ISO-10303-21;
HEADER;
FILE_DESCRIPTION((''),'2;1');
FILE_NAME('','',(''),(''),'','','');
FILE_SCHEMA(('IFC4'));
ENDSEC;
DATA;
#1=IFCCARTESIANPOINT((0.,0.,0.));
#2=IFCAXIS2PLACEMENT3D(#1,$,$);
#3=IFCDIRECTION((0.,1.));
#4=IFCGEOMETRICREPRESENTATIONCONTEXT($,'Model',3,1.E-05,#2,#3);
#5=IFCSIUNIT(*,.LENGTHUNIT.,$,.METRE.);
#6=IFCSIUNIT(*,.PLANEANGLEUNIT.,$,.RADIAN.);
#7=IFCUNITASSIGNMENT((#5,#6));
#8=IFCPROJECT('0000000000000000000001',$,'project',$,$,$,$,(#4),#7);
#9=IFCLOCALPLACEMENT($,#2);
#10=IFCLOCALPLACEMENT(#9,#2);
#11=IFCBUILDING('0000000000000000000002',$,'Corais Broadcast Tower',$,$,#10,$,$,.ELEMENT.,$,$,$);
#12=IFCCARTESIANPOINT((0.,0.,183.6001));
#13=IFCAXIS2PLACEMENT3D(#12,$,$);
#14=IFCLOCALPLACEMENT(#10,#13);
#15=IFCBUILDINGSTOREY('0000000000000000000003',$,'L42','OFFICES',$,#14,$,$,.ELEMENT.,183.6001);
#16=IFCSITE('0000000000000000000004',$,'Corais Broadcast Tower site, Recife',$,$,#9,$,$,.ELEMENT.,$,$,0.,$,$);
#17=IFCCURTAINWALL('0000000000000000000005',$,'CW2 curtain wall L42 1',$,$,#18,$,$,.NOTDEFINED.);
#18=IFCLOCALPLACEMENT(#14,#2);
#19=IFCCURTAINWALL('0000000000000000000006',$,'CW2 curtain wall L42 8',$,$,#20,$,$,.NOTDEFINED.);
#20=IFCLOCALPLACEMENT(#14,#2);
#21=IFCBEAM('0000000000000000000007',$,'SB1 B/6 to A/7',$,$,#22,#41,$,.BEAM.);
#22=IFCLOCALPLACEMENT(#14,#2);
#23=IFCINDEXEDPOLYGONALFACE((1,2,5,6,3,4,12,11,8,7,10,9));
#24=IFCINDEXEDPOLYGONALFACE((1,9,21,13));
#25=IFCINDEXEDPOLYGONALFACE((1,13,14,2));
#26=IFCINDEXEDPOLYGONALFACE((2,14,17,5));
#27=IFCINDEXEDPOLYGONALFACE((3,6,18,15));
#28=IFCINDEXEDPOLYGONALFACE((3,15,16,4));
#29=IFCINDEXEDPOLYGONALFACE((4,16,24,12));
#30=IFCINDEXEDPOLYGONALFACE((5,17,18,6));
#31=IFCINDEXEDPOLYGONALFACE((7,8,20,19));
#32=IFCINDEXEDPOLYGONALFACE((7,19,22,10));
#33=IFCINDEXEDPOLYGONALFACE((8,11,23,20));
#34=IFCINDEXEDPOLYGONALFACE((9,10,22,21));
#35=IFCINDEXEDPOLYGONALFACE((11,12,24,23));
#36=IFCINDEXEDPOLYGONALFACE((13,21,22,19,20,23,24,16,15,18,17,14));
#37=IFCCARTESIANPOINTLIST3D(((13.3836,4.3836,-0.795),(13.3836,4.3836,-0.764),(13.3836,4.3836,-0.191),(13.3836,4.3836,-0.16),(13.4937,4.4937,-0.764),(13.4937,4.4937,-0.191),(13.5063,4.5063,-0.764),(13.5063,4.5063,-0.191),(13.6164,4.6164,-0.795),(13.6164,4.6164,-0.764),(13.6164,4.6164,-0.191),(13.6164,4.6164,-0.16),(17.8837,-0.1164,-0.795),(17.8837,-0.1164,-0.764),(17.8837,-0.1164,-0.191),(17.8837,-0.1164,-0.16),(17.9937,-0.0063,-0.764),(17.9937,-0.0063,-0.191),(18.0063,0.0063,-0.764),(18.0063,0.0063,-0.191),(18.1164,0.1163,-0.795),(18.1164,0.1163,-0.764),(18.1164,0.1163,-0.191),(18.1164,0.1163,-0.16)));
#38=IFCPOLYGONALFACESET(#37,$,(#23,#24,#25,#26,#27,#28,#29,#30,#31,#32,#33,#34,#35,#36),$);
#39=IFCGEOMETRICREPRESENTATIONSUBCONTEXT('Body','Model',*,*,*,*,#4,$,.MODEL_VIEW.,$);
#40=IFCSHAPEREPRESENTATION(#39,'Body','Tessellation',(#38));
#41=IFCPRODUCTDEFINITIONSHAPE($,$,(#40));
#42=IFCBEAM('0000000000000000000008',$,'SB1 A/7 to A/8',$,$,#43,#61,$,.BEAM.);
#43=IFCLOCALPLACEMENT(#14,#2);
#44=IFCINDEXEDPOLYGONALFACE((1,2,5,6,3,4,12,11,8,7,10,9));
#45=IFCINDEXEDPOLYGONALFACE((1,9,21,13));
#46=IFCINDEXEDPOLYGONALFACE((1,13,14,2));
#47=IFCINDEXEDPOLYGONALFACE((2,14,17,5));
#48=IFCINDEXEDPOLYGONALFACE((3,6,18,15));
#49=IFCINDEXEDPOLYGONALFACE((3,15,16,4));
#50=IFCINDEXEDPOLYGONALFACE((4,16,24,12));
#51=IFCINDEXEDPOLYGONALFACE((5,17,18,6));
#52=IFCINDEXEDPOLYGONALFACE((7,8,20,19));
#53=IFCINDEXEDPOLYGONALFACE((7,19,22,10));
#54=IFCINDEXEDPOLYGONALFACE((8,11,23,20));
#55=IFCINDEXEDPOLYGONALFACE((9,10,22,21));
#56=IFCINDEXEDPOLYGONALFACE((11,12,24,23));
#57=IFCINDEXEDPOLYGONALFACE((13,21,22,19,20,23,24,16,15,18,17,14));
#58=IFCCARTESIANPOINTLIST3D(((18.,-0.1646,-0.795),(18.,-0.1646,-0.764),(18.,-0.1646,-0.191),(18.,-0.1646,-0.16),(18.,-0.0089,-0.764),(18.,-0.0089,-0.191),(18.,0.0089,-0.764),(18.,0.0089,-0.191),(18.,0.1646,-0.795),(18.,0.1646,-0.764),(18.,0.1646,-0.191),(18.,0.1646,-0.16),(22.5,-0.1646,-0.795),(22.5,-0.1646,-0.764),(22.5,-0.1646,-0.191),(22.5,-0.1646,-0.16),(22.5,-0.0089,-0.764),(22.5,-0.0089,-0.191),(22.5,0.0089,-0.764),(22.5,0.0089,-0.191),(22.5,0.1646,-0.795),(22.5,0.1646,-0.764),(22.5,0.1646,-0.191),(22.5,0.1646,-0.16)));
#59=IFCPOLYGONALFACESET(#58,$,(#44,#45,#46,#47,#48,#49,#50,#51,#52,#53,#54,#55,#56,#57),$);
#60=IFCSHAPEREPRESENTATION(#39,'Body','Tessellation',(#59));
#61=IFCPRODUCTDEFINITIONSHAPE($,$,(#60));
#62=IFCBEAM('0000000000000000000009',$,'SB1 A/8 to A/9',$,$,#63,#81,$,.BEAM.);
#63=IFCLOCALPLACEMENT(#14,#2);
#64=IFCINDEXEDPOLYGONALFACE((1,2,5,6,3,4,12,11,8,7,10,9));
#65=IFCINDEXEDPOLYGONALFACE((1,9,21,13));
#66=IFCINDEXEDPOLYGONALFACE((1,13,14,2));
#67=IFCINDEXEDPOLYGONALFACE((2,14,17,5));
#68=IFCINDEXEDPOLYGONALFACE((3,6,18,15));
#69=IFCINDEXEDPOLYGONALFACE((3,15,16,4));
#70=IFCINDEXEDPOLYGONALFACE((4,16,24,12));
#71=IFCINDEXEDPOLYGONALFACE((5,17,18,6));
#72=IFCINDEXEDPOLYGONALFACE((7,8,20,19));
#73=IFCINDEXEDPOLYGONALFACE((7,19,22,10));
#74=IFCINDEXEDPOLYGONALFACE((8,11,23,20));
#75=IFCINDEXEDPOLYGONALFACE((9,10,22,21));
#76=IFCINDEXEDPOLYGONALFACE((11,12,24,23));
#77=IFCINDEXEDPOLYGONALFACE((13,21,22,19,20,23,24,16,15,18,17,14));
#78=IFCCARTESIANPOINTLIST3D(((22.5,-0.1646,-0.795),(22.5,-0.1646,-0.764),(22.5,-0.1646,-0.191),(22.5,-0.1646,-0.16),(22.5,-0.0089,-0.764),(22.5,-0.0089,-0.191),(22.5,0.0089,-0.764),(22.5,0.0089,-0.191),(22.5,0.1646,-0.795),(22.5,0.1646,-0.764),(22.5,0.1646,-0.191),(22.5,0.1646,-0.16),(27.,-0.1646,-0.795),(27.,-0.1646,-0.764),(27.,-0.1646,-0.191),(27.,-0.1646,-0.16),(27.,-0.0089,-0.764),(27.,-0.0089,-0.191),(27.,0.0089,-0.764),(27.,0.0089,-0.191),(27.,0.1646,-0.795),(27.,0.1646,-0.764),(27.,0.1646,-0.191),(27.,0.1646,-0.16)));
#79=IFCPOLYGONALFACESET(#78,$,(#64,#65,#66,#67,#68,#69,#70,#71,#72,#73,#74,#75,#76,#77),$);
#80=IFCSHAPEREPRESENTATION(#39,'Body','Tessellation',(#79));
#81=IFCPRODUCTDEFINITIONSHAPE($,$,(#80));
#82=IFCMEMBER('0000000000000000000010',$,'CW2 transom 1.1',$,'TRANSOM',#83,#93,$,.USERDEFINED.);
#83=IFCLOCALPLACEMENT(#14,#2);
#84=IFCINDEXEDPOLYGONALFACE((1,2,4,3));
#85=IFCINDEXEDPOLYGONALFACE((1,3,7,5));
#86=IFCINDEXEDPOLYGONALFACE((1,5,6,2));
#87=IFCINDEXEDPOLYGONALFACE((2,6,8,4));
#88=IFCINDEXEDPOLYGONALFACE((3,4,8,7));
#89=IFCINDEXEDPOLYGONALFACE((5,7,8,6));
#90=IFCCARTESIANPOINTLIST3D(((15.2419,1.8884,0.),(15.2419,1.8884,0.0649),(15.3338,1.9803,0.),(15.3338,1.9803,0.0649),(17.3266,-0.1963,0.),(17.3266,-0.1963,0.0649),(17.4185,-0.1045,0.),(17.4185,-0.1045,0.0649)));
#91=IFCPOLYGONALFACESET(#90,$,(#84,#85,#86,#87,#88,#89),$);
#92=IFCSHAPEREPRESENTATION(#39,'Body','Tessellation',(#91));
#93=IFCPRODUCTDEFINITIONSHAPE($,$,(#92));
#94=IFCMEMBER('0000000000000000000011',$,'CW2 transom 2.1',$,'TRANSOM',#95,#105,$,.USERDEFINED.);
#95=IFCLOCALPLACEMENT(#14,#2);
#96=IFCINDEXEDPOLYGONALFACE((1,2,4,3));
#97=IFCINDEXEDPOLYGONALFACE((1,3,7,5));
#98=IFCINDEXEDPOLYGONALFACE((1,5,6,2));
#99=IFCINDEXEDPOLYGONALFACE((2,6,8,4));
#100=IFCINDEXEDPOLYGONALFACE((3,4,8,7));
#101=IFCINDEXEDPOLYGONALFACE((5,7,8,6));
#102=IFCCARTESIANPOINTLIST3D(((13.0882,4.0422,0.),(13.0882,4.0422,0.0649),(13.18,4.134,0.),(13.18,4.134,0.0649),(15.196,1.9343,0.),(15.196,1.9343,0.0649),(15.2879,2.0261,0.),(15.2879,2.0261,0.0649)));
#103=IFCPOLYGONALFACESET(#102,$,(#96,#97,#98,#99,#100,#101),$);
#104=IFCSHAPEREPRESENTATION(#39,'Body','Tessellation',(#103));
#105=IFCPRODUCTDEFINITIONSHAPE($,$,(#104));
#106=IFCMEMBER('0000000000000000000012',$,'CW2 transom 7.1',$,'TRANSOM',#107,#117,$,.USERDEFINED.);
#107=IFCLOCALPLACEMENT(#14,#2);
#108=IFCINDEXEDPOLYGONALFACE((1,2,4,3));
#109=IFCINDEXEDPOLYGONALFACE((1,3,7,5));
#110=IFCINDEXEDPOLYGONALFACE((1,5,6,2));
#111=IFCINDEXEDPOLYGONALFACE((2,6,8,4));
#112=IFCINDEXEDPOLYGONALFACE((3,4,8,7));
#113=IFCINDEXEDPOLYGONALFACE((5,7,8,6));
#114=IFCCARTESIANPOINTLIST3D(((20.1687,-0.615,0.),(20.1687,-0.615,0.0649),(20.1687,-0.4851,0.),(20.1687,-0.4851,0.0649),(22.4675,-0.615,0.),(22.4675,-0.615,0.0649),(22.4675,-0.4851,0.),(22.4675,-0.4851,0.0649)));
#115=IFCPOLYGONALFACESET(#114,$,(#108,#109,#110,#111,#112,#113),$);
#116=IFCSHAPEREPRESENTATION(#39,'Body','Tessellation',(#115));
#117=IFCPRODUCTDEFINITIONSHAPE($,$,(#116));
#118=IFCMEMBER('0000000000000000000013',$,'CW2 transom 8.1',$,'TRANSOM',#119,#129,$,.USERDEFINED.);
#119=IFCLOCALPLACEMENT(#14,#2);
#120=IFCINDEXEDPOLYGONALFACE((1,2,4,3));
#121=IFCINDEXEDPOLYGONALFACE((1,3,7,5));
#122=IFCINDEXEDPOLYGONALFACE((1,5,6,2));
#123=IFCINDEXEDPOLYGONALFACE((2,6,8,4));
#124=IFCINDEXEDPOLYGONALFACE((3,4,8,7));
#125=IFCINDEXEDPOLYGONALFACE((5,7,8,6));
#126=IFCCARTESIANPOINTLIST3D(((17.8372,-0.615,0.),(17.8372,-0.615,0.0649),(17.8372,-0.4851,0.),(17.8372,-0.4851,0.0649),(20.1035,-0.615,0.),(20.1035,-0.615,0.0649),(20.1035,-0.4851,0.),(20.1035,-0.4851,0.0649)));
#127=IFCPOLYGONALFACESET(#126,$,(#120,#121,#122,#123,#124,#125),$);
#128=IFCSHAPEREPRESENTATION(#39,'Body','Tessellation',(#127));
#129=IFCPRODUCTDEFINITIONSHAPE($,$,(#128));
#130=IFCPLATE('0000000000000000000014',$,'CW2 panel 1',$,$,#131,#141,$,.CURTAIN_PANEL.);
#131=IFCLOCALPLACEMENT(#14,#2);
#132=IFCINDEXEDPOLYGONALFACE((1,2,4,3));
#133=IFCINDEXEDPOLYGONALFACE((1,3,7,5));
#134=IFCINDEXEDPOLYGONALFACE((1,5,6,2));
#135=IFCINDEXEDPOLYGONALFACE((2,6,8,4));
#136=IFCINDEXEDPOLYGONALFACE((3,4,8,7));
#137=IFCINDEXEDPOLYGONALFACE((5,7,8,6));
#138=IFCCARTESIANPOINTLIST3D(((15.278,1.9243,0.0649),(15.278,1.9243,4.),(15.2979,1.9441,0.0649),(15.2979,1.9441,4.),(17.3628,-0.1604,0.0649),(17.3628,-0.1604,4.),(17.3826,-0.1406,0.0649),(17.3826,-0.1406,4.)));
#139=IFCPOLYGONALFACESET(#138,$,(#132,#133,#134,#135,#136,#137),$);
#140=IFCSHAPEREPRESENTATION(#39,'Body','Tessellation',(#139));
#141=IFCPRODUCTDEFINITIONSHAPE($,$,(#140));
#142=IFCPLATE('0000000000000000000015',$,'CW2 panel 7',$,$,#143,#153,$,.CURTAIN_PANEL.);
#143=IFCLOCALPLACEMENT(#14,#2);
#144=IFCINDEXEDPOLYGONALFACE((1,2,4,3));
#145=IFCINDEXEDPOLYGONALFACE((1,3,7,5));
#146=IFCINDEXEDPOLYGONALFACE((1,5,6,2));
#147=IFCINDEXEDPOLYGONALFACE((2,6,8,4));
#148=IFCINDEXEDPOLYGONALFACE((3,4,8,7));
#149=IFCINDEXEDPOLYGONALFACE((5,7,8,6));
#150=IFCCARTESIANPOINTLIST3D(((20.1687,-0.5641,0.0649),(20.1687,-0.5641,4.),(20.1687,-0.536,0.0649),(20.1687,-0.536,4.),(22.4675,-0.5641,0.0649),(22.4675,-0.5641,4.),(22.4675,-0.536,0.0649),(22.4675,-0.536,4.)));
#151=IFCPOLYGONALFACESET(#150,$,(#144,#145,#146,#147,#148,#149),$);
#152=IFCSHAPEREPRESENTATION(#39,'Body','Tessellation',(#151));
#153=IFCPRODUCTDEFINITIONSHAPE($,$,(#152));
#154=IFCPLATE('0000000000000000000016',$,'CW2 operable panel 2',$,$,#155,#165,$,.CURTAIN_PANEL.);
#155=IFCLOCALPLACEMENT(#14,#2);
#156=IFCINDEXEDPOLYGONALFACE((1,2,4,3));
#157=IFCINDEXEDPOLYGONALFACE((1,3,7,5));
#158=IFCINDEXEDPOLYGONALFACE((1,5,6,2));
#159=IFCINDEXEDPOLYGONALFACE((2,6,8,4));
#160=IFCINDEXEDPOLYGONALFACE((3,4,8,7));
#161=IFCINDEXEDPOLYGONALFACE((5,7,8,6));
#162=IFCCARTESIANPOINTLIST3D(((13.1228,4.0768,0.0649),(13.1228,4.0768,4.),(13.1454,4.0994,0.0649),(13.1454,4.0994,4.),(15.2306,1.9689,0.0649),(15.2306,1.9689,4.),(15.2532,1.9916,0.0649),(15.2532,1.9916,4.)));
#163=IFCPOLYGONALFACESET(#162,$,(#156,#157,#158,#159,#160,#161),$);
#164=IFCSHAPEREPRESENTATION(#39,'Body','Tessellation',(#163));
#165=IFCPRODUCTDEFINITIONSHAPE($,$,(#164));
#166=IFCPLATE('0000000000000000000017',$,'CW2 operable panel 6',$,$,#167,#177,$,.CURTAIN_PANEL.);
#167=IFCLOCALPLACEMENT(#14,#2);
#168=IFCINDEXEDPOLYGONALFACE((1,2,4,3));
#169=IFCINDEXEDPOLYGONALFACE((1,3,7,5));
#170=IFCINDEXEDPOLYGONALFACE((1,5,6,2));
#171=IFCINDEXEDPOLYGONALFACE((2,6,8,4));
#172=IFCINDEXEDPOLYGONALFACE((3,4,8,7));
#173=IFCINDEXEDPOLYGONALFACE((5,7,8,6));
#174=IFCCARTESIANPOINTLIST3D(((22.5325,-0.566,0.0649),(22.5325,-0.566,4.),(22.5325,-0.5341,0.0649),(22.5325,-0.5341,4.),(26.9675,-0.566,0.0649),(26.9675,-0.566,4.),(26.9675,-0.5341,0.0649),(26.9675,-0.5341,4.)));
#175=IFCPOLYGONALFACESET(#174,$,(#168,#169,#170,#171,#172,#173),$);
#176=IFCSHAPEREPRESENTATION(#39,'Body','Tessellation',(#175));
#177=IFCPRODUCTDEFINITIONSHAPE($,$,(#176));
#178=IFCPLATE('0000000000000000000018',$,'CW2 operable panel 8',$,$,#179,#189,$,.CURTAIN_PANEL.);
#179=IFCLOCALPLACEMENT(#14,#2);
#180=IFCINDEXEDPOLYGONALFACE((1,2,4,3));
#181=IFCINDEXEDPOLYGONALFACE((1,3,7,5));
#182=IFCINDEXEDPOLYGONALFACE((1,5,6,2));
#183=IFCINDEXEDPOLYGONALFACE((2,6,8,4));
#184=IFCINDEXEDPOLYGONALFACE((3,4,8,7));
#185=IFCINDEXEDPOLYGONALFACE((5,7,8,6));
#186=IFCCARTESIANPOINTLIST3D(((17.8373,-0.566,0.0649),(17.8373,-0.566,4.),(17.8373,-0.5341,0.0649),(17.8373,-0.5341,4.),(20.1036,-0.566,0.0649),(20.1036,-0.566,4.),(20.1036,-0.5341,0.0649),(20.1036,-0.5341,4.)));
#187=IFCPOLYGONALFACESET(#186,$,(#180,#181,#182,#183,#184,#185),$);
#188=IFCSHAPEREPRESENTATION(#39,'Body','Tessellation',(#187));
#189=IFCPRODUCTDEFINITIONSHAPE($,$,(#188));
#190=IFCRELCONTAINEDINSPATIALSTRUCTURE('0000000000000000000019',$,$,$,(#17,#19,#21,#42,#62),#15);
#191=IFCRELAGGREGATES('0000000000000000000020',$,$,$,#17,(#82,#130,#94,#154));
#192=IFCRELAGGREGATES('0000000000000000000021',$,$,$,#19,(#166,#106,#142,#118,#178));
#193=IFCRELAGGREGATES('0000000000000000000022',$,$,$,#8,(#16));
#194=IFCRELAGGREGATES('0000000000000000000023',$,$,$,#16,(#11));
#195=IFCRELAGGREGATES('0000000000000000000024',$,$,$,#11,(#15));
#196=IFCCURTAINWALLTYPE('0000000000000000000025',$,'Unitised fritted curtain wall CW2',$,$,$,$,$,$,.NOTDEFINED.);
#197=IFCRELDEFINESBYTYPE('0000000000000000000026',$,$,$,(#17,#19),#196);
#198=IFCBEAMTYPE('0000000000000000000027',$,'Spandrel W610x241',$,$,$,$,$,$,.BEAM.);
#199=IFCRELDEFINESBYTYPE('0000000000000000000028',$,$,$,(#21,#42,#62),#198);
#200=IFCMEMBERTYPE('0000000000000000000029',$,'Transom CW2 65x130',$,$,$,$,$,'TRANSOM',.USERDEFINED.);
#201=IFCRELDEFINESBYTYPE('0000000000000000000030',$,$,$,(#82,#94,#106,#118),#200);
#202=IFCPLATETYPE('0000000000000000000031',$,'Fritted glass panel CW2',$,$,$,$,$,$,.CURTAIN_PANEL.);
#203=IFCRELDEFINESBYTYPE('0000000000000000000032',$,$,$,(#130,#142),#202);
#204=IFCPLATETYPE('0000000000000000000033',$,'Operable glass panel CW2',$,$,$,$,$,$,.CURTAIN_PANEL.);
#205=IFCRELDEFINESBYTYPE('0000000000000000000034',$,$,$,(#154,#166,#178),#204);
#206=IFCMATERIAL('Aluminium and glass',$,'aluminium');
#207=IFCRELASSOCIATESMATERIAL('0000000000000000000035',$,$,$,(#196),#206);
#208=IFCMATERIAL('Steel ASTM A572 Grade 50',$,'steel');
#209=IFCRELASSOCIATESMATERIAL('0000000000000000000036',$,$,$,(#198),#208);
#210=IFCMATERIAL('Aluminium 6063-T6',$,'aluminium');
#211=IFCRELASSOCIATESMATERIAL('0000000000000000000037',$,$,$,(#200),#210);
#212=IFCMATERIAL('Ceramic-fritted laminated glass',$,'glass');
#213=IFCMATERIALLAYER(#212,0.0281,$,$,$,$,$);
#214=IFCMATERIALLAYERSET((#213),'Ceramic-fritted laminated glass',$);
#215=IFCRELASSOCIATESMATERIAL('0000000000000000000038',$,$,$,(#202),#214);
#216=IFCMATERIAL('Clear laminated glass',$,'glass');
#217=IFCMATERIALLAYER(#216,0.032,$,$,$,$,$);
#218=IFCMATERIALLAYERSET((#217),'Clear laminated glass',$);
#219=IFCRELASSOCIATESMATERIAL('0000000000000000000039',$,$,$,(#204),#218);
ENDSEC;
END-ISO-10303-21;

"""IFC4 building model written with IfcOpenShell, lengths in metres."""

from ifc_helpers import new_model, si_unit, direction, frame, origin, origin_2d, place, context, subcontext, project, spatial, rectangle, i_section, extrude, material, layer, layer_set, material_profile, profile_set, type_object, element, aggregate, save


model = new_model("IFC4")

# Units and contexts
model_context = context("Model", 3, precision=1e-05, world=origin(), true_north=direction((0.0, 1.0)))
body_context = subcontext(model_context, "Body", "Model", "MODEL_VIEW")
ifc_project = project(units=[si_unit("LENGTHUNIT", "METRE"), si_unit("PLANEANGLEUNIT", "RADIAN")], contexts=[model_context])

# Site, building, storey
site_placement = place(None, origin())
site = spatial("IfcSite", under=ifc_project, at=site_placement, Name="Corais Broadcast Tower site, Recife", CompositionType="ELEMENT", RefElevation=0.0)
building_placement = place(site_placement, origin())
building = spatial("IfcBuilding", under=site, at=building_placement, Name="Corais Broadcast Tower", CompositionType="ELEMENT")
storey_placement = place(building_placement, frame((0.0, 0.0, 183.6001)))
storey = spatial("IfcBuildingStorey", under=building, at=storey_placement, Name="L42", Description="OFFICES", CompositionType="ELEMENT", Elevation=183.6001)

# Curtain walls
ifc_material_1 = material(Name="Aluminium and glass", Category="aluminium")
curtain_wall_type = type_object("IfcCurtainWallType", Name="Unitised fritted curtain wall CW2", PredefinedType="NOTDEFINED", material=ifc_material_1)
curtain_wall_1_placement = place(storey_placement, origin())
curtain_wall_1 = element("IfcCurtainWall", 1, at=curtain_wall_1_placement, inside=storey, type_object=curtain_wall_type, Name="CW2 curtain wall L42 1", PredefinedType="NOTDEFINED")
curtain_wall_2_placement = place(storey_placement, origin())
curtain_wall_2 = element("IfcCurtainWall", 2, at=curtain_wall_2_placement, inside=storey, type_object=curtain_wall_type, Name="CW2 curtain wall L42 8", PredefinedType="NOTDEFINED")

# Beams
ifc_material_2 = material(Name="Steel ASTM A572 Grade 50", Category="steel")
ifc_material_profile_1 = material_profile(ifc_material_2, i_section(OverallWidth=0.3291, OverallDepth=0.635, WebThickness=0.0178, FlangeThickness=0.031, at=origin_2d()), Name="W610x241")
ifc_profile_set_1 = profile_set([ifc_material_profile_1], Name="Steel ASTM A572 Grade 50")
beam_type_1 = type_object("IfcBeamType", Name="Spandrel W610x241", PredefinedType="BEAM", material=ifc_profile_set_1)
beam_1_placement = place(storey_placement, frame((13.5, 4.5, -0.4775), z_axis=(0.707107, -0.707107, 0.0), x_axis=(0.707107, 0.707107, 0.0)))
element("IfcBeam", 3, at=beam_1_placement, inside=storey, type_object=beam_type_1, Name="SB1 B/6 to A/7", PredefinedType="BEAM", context=body_context, shape_type="SweptSolid", body=[
    extrude(i_section(OverallWidth=0.3291, OverallDepth=0.635, WebThickness=0.0178, FlangeThickness=0.031, at=origin_2d()), origin(), (0.0, 0.0, 1.0), 6.364),
])
for number, where, z_axis, x_axis, name in (
    (4, (18.0, 0.0, -0.4775), (1.0, 0.0, 0.0), (0.0, 1.0, 0.0), "SB1 A/7 to A/8"),
    (5, (22.5, 0.0, -0.4775), (1.0, 0.0, 0.0), (0.0, 1.0, 0.0), "SB1 A/8 to A/9"),
):
    element("IfcBeam", number, at=place(storey_placement, frame(where, z_axis=z_axis, x_axis=x_axis)), inside=storey, type_object=beam_type_1, Name=name, PredefinedType="BEAM", context=body_context, shape_type="SweptSolid", body=[
        extrude(i_section(OverallWidth=0.3291, OverallDepth=0.635, WebThickness=0.0178, FlangeThickness=0.031, at=origin_2d()), origin(), (0.0, 0.0, 1.0), 4.5),
    ])

# Members
ifc_material_3 = material(Name="Aluminium 6063-T6", Category="aluminium")
ifc_material_profile_2 = material_profile(ifc_material_3, rectangle(XDim=0.1299, YDim=0.0649, at=origin_2d()), Name="Transom CW2 65x130")
ifc_profile_set_2 = profile_set([ifc_material_profile_2], Name="Aluminium 6063-T6")
member_type_1 = type_object("IfcMemberType", Name="Transom CW2 65x130", ElementType="TRANSOM", PredefinedType="USERDEFINED", material=ifc_profile_set_2)
member_1_placement = place(storey_placement, frame((17.3726, -0.1504, 0.0325), z_axis=(-0.707107, 0.707107, 0.0), x_axis=(-0.707107, -0.707107, 0.0)))
member_1 = element("IfcMember", 6, at=member_1_placement, type_object=member_type_1, Name="CW2 transom 1.1", ObjectType="TRANSOM", PredefinedType="USERDEFINED", context=body_context, shape_type="SweptSolid", body=[
    extrude(rectangle(XDim=0.1299, YDim=0.0649, at=origin_2d()), origin(), (0.0, 0.0, 1.0), 2.9482),
])
member_2_placement = place(storey_placement, frame((15.2419, 1.9802, 0.0325), z_axis=(-0.707107, 0.707107, 0.0), x_axis=(-0.707107, -0.707107, 0.0)))
member_2 = element("IfcMember", 7, at=member_2_placement, type_object=member_type_1, Name="CW2 transom 2.1", ObjectType="TRANSOM", PredefinedType="USERDEFINED", context=body_context, shape_type="SweptSolid", body=[
    extrude(rectangle(XDim=0.1299, YDim=0.0649, at=origin_2d()), origin(), (0.0, 0.0, 1.0), 2.981),
])
member_3_placement = place(storey_placement, frame((22.4675, -0.55, 0.0325), z_axis=(-1.0, 0.0, 0.0), x_axis=(0.0, -1.0, 0.0)))
member_3 = element("IfcMember", 8, at=member_3_placement, type_object=member_type_1, Name="CW2 transom 7.1", ObjectType="TRANSOM", PredefinedType="USERDEFINED", context=body_context, shape_type="SweptSolid", body=[
    extrude(rectangle(XDim=0.1299, YDim=0.0649, at=origin_2d()), origin(), (0.0, 0.0, 1.0), 2.2988),
])
member_4_placement = place(storey_placement, frame((20.1035, -0.55, 0.0325), z_axis=(-1.0, 0.0, 0.0), x_axis=(0.0, -1.0, 0.0)))
member_4 = element("IfcMember", 9, at=member_4_placement, type_object=member_type_1, Name="CW2 transom 8.1", ObjectType="TRANSOM", PredefinedType="USERDEFINED", context=body_context, shape_type="SweptSolid", body=[
    extrude(rectangle(XDim=0.1299, YDim=0.0649, at=origin_2d()), origin(), (0.0, 0.0, 1.0), 2.2664),
])

# Plates
ifc_material_4 = material(Name="Ceramic-fritted laminated glass", Category="glass")
ifc_layer_1 = layer(ifc_material_4, 0.0281)
ifc_layer_set_1 = layer_set([ifc_layer_1], Name="Ceramic-fritted laminated glass")
plate_type_1 = type_object("IfcPlateType", Name="Fritted glass panel CW2", PredefinedType="CURTAIN_PANEL", material=ifc_layer_set_1)
plate_1_placement = place(storey_placement, frame((16.3303, 0.8918, 0.0649), z_axis=(0.0, 0.0, 1.0), x_axis=(-0.707107, 0.707107, 0.0)))
plate_1 = element("IfcPlate", 10, at=plate_1_placement, type_object=plate_type_1, Name="CW2 panel 1", PredefinedType="CURTAIN_PANEL", context=body_context, shape_type="SweptSolid", body=[
    extrude(rectangle(XDim=2.9482, YDim=0.0281, at=origin_2d()), origin(), (0.0, 0.0, 1.0), 3.9351),
])
plate_2_placement = place(storey_placement, frame((21.3181, -0.55, 0.0649), z_axis=(0.0, 0.0, 1.0), x_axis=(-1.0, 0.0, 0.0)))
plate_2 = element("IfcPlate", 11, at=plate_2_placement, type_object=plate_type_1, Name="CW2 panel 7", PredefinedType="CURTAIN_PANEL", context=body_context, shape_type="SweptSolid", body=[
    extrude(rectangle(XDim=2.2988, YDim=0.0281, at=origin_2d()), origin(), (0.0, 0.0, 1.0), 3.9351),
])
ifc_material_5 = material(Name="Clear laminated glass", Category="glass")
ifc_layer_2 = layer(ifc_material_5, 0.032)
ifc_layer_set_2 = layer_set([ifc_layer_2], Name="Clear laminated glass")
plate_type_2 = type_object("IfcPlateType", Name="Operable glass panel CW2", PredefinedType="CURTAIN_PANEL", material=ifc_layer_set_2)
plate_3_placement = place(storey_placement, frame((14.188, 3.0342, 0.0649), z_axis=(0.0, 0.0, 1.0), x_axis=(-0.707107, 0.707107, 0.0)))
plate_3 = element("IfcPlate", 12, at=plate_3_placement, type_object=plate_type_2, Name="CW2 operable panel 2", PredefinedType="CURTAIN_PANEL", context=body_context, shape_type="SweptSolid", body=[
    extrude(rectangle(XDim=2.981, YDim=0.032, at=origin_2d()), origin(), (0.0, 0.0, 1.0), 3.9351),
])
aggregate(curtain_wall_1, [member_1, plate_1, member_2, plate_3])
plate_4_placement = place(storey_placement, frame((24.75, -0.55, 0.0649), z_axis=(0.0, 0.0, 1.0), x_axis=(-1.0, 0.0, 0.0)))
plate_4 = element("IfcPlate", 13, at=plate_4_placement, type_object=plate_type_2, Name="CW2 operable panel 6", PredefinedType="CURTAIN_PANEL", context=body_context, shape_type="SweptSolid", body=[
    extrude(rectangle(XDim=4.4351, YDim=0.032, at=origin_2d()), origin(), (0.0, 0.0, 1.0), 3.9351),
])
plate_5_placement = place(storey_placement, frame((18.9705, -0.55, 0.0649), z_axis=(0.0, 0.0, 1.0), x_axis=(-1.0, 0.0, 0.0)))
plate_5 = element("IfcPlate", 14, at=plate_5_placement, type_object=plate_type_2, Name="CW2 operable panel 8", PredefinedType="CURTAIN_PANEL", context=body_context, shape_type="SweptSolid", body=[
    extrude(rectangle(XDim=2.2664, YDim=0.032, at=origin_2d()), origin(), (0.0, 0.0, 1.0), 3.9351),
])
aggregate(curtain_wall_2, [plate_4, member_3, plate_2, member_4, plate_5])

save(model, "model.ifc")
